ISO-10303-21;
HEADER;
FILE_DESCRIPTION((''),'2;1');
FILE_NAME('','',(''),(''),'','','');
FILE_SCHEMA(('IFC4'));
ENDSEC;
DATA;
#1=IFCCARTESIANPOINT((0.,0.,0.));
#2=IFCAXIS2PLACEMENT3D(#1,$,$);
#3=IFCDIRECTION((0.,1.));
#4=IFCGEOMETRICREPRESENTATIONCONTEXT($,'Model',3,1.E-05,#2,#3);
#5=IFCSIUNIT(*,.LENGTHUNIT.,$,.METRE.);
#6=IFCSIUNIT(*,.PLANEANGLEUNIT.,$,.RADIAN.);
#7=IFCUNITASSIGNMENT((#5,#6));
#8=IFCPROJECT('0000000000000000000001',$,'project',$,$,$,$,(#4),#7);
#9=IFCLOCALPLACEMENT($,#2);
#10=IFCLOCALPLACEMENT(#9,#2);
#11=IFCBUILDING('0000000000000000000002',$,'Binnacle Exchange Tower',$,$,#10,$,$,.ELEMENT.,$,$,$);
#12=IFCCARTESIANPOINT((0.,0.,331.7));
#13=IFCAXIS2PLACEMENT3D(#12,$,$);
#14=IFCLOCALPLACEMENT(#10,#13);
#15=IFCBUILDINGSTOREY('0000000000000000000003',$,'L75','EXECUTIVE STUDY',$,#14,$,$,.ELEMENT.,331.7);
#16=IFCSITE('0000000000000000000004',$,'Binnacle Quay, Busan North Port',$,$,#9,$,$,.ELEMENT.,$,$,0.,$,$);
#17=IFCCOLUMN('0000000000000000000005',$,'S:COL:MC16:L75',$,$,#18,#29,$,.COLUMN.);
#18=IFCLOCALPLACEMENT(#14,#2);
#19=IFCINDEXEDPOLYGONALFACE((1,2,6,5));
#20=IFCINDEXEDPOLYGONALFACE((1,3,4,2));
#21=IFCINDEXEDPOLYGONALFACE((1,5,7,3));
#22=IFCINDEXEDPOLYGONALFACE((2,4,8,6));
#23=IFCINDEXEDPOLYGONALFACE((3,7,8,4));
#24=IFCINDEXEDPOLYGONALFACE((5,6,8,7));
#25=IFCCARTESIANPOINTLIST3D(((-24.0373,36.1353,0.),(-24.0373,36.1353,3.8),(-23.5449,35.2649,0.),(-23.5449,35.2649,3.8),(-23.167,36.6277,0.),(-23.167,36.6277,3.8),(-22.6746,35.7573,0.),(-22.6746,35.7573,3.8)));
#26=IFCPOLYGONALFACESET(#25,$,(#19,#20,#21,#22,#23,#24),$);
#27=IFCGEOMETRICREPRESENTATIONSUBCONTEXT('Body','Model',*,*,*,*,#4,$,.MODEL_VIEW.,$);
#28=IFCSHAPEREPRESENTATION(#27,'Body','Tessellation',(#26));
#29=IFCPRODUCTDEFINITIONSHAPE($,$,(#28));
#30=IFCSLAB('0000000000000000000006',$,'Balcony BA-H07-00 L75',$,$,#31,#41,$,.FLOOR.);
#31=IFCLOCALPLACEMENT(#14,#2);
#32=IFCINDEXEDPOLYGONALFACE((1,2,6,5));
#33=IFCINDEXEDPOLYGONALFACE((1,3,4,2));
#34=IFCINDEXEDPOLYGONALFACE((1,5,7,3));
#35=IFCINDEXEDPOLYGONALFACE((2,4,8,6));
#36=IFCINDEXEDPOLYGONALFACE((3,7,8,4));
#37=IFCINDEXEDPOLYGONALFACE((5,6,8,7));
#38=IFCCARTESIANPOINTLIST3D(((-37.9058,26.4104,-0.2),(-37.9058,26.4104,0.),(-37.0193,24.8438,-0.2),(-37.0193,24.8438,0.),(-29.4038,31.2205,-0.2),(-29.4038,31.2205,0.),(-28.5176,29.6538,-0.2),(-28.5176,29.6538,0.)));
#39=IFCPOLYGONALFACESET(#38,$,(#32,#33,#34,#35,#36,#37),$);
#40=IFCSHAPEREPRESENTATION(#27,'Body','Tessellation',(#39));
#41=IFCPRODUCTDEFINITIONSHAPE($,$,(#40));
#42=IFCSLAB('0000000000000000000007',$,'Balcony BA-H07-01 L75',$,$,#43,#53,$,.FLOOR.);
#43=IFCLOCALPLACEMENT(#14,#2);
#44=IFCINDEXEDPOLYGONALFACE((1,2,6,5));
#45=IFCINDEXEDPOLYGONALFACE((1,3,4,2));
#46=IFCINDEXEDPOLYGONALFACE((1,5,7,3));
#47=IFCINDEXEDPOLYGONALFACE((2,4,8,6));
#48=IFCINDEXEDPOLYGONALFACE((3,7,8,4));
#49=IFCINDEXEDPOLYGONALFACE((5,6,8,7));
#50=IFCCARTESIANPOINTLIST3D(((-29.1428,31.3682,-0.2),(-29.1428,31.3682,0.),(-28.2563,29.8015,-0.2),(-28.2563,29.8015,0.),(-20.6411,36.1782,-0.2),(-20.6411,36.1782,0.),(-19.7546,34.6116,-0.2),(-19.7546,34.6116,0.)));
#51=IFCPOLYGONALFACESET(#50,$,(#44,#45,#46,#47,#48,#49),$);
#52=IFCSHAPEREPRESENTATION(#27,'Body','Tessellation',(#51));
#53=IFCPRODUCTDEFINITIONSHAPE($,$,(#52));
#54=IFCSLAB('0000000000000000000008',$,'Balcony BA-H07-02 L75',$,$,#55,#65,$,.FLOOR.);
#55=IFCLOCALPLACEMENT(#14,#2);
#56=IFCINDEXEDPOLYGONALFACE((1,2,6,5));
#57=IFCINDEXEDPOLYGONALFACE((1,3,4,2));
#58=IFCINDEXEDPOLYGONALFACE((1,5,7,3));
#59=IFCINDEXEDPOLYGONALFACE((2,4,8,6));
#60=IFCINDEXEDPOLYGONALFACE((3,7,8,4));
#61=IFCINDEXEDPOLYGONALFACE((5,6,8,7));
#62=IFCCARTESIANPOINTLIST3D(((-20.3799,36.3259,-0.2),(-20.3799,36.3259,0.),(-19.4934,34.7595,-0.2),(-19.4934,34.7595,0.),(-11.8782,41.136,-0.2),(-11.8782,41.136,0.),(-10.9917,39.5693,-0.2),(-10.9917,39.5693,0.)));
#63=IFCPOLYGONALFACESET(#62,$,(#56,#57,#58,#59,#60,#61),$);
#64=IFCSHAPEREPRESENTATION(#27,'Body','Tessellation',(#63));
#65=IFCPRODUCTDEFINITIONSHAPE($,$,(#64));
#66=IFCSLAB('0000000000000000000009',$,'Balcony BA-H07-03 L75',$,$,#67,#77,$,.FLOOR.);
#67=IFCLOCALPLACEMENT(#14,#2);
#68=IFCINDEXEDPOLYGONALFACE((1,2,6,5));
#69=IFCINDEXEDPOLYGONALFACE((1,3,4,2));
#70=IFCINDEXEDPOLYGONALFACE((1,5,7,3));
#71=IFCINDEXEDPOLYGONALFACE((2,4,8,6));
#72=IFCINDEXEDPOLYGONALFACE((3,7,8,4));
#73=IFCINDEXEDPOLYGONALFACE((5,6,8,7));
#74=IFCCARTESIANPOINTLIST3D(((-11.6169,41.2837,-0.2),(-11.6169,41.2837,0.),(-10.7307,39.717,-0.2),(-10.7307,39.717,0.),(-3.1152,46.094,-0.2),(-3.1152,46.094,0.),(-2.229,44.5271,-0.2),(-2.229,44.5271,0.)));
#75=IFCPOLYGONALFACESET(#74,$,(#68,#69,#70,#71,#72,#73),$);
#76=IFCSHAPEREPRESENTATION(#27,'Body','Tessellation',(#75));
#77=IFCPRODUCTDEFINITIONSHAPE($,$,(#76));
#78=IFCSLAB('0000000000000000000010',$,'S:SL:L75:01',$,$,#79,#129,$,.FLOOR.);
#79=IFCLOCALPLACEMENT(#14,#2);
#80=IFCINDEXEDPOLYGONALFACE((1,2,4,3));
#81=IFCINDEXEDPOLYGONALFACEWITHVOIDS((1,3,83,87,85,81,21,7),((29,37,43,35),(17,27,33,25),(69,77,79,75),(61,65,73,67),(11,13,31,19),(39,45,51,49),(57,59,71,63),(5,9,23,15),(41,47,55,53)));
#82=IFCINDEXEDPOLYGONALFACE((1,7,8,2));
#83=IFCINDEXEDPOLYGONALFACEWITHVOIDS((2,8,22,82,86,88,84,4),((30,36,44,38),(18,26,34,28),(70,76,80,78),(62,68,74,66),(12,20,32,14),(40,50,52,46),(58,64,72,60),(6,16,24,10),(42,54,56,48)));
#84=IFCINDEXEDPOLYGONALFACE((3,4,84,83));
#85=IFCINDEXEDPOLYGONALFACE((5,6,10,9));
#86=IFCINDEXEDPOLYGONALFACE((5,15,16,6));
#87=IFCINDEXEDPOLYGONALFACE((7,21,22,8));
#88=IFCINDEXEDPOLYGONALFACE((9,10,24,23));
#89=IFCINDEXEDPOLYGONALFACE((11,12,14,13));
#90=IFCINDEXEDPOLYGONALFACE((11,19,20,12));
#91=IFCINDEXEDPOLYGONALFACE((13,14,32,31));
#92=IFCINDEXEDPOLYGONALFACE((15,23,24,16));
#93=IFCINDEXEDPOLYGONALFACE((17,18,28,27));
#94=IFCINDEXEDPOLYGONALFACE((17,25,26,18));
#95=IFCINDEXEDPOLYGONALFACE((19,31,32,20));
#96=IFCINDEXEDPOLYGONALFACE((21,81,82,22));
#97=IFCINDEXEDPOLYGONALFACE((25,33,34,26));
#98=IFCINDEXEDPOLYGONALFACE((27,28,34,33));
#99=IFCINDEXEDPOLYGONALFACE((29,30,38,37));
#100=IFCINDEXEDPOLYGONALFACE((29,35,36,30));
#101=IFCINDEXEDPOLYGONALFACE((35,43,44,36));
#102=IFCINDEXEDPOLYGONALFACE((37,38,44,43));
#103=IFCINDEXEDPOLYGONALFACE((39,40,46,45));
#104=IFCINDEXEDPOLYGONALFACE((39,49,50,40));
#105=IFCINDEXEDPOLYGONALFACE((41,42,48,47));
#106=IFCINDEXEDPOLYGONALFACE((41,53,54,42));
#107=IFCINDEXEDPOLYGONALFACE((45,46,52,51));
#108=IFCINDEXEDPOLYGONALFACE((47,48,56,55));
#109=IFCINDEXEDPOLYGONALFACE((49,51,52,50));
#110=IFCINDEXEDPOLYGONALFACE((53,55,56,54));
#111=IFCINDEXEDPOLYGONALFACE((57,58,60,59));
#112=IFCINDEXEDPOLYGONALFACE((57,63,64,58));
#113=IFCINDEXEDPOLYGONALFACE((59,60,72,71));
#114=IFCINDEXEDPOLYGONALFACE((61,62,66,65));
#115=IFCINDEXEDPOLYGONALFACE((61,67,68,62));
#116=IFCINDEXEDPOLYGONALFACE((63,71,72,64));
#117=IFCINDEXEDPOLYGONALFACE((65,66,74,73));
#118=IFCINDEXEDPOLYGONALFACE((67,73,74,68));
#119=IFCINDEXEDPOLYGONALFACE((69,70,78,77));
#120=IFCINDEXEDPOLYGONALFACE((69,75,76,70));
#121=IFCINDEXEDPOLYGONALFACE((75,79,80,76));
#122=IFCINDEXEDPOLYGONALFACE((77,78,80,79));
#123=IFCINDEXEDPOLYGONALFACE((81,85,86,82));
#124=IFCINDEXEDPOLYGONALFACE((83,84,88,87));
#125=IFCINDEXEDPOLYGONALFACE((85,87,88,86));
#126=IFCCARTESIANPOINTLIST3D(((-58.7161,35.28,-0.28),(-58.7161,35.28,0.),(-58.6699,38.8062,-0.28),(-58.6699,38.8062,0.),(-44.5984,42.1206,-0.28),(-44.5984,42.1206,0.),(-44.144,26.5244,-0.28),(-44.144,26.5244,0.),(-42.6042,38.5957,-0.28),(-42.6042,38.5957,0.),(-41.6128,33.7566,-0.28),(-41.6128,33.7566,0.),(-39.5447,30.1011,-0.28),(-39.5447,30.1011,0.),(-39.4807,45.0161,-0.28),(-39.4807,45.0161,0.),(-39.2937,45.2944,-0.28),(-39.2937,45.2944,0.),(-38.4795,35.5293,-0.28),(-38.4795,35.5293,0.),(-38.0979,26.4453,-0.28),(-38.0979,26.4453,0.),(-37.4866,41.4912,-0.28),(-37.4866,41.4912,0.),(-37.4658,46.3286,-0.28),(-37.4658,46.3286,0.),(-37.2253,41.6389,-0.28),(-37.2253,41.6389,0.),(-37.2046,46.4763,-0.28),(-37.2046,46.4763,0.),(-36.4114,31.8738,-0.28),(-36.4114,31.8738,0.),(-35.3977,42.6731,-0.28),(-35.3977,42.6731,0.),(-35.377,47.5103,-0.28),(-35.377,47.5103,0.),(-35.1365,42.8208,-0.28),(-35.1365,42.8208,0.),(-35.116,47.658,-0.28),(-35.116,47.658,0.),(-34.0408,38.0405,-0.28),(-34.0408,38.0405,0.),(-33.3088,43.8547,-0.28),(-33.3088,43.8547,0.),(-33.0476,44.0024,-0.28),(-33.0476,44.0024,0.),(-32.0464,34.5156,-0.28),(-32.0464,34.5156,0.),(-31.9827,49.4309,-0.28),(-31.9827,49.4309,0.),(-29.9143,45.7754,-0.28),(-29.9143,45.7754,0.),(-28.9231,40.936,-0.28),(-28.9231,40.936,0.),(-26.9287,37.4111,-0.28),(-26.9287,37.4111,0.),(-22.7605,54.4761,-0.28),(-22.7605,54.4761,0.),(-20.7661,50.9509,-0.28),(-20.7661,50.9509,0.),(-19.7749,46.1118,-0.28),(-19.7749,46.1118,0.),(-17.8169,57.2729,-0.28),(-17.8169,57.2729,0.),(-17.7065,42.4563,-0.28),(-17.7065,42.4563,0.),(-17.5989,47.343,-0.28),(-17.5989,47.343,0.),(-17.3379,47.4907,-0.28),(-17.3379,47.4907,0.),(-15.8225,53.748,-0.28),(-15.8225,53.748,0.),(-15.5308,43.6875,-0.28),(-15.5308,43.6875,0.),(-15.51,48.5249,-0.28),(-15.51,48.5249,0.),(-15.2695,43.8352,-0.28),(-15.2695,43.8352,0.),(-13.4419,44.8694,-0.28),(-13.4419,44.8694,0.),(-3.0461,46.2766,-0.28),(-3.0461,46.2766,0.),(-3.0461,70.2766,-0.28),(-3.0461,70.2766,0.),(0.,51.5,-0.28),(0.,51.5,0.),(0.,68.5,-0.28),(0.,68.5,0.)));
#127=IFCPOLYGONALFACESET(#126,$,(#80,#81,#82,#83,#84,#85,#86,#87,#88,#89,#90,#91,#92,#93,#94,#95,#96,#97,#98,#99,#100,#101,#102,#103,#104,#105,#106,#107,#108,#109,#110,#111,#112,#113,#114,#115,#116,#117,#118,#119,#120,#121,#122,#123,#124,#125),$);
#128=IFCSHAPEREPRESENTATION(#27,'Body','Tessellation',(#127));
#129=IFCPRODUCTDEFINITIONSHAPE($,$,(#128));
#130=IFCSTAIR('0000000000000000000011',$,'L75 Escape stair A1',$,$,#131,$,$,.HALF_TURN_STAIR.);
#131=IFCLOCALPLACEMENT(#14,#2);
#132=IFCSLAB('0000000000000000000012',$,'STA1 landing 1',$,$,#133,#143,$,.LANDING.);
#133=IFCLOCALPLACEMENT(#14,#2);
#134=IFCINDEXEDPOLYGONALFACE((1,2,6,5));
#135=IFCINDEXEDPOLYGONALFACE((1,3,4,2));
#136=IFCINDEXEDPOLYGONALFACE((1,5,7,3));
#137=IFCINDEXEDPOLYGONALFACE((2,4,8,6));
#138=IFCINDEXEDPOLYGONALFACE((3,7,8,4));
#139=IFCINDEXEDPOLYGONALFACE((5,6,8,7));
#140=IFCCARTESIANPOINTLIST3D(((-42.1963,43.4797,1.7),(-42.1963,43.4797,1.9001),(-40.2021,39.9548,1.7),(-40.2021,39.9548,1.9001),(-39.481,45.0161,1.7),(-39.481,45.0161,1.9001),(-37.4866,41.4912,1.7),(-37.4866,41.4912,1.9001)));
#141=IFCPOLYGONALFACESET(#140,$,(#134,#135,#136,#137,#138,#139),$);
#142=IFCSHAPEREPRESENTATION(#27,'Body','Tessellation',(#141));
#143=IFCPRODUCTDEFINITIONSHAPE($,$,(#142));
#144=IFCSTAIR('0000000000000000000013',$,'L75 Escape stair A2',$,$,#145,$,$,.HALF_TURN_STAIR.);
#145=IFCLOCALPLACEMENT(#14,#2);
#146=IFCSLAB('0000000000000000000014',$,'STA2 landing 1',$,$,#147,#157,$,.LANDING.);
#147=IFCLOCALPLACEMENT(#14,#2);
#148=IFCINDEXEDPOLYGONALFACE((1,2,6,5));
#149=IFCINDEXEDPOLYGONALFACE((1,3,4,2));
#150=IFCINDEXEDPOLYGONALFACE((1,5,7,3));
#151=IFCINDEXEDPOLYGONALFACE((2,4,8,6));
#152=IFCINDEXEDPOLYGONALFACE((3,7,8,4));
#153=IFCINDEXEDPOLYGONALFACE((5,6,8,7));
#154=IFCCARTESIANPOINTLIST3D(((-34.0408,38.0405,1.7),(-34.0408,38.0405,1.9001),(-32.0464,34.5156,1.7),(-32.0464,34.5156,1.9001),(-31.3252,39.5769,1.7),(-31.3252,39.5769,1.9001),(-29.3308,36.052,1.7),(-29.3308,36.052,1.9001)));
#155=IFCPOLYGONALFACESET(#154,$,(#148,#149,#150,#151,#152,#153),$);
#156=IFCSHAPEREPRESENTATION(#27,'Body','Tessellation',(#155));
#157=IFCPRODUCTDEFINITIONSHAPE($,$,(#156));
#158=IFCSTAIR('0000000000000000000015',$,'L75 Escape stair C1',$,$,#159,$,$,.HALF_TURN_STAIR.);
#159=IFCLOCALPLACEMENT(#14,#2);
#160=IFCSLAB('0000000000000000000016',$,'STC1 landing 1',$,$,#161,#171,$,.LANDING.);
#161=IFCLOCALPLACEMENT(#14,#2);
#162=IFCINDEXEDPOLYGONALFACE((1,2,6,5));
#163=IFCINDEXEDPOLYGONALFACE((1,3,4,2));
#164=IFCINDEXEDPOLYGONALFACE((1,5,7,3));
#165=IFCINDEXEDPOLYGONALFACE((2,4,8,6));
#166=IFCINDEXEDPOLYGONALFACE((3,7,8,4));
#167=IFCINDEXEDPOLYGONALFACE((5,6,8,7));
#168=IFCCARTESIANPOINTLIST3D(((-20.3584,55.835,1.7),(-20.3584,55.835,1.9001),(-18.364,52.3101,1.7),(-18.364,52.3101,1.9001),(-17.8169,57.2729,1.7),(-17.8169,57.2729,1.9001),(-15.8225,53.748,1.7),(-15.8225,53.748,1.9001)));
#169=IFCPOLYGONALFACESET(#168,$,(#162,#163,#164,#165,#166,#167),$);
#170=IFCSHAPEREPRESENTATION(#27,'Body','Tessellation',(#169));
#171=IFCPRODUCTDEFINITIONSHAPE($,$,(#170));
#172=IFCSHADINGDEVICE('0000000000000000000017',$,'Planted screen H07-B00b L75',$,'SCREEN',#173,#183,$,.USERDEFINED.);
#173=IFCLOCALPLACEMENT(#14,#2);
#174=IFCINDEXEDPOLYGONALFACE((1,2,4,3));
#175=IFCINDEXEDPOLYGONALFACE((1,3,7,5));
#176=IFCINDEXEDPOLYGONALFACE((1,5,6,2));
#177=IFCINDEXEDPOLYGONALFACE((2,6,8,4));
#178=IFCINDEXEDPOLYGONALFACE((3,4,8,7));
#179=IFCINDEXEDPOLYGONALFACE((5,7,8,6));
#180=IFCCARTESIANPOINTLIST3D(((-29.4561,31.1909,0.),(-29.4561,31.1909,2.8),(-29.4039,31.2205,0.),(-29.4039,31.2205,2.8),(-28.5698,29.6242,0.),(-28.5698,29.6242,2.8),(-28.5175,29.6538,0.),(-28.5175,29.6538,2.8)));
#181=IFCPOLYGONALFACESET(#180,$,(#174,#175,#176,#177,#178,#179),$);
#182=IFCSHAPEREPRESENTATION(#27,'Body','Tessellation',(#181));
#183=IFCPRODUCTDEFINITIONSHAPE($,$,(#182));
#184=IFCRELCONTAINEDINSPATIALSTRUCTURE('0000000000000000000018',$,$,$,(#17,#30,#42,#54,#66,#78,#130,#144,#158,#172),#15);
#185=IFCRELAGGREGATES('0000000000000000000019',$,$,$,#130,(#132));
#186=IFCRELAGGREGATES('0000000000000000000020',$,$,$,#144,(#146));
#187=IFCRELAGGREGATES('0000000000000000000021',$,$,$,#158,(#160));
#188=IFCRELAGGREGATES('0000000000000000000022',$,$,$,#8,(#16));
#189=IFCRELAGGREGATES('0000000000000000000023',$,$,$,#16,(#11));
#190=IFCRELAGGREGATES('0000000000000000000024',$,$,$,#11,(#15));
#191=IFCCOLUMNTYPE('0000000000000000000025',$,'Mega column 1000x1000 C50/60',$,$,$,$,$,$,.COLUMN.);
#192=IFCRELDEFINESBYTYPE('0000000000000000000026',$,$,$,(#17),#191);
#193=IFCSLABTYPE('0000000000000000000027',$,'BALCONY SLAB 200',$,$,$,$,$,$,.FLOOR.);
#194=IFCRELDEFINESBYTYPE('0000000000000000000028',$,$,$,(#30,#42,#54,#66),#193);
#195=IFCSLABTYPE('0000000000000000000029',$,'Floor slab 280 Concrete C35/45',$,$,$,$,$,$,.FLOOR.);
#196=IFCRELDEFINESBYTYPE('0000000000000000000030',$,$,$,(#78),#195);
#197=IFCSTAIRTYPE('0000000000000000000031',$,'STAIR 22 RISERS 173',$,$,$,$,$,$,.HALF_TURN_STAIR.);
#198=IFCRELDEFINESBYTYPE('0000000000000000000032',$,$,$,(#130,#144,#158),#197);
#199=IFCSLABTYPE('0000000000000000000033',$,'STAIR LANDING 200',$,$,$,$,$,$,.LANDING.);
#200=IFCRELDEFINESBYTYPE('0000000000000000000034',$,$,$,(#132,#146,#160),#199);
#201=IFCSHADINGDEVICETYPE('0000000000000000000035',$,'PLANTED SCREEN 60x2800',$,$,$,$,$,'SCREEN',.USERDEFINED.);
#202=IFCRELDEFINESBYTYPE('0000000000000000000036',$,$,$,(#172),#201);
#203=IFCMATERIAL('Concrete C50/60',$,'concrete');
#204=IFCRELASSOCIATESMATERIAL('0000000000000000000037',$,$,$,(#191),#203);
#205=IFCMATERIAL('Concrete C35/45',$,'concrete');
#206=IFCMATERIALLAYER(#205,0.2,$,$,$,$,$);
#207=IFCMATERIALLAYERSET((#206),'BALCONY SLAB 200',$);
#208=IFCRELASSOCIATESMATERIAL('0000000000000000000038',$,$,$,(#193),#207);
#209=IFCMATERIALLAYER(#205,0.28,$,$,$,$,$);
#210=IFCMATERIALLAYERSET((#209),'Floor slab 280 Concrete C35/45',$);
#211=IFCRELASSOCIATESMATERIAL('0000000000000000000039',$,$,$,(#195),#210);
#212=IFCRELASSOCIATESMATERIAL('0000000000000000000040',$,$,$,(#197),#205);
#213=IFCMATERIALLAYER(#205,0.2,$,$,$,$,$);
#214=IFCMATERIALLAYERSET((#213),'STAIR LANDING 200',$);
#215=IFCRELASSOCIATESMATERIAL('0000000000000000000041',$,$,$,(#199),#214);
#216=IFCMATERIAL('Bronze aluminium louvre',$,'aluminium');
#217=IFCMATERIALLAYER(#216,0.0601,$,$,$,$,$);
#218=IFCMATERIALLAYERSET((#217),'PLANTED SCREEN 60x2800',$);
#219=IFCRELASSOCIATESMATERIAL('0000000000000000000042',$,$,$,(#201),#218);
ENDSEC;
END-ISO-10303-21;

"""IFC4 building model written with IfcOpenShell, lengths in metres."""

from ifc_helpers import new_model, si_unit, direction, frame, origin, origin_2d, place, context, subcontext, project, spatial, polyline, rectangle, outline, extrude, material, layer, layer_set, material_profile, profile_set, type_object, element, aggregate, save


model = new_model("IFC4")

# Units and contexts
model_context = context("Model", 3, precision=1e-05, world=origin(), true_north=direction((0.0, 1.0)))
body_context = subcontext(model_context, "Body", "Model", "MODEL_VIEW")
ifc_project = project(units=[si_unit("LENGTHUNIT", "METRE"), si_unit("PLANEANGLEUNIT", "RADIAN")], contexts=[model_context])

# Site, building, storey
site_placement = place(None, origin())
site = spatial("IfcSite", under=ifc_project, at=site_placement, Name="Binnacle Quay, Busan North Port", CompositionType="ELEMENT", RefElevation=0.0)
building_placement = place(site_placement, origin())
building = spatial("IfcBuilding", under=site, at=building_placement, Name="Binnacle Exchange Tower", CompositionType="ELEMENT")
storey_placement = place(building_placement, frame((0.0, 0.0, 331.7)))
storey = spatial("IfcBuildingStorey", under=building, at=storey_placement, Name="L75", Description="EXECUTIVE STUDY", CompositionType="ELEMENT", Elevation=331.7)

# Column
ifc_material_1 = material(Name="Concrete C50/60", Category="concrete")
ifc_material_profile = material_profile(ifc_material_1, rectangle(XDim=1.0, YDim=1.0, at=origin_2d()), Name="Mega column 1000x1000 C50/60")
ifc_profile_set = profile_set([ifc_material_profile], Name="Concrete C50/60")
column_type = type_object("IfcColumnType", Name="Mega column 1000x1000 C50/60", PredefinedType="COLUMN", material=ifc_profile_set)
column_placement = place(storey_placement, frame((-23.356, 35.9463, 0.0), z_axis=(0.0, 0.0, 1.0), x_axis=(0.870356, 0.492424, 0.0)))
element("IfcColumn", 1, at=column_placement, inside=storey, type_object=column_type, Name="S:COL:MC16:L75", PredefinedType="COLUMN", context=body_context, shape_type="SweptSolid", body=[
    extrude(rectangle(XDim=1.0, YDim=1.0, at=origin_2d()), origin(), (0.0, 0.0, 1.0), 3.8),
])

# Slabs
ifc_material_2 = material(Name="Concrete C35/45", Category="concrete")
ifc_layer_1 = layer(ifc_material_2, 0.2)
ifc_layer_set_1 = layer_set([ifc_layer_1], Name="BALCONY SLAB 200")
slab_type_1 = type_object("IfcSlabType", Name="BALCONY SLAB 200", PredefinedType="FLOOR", material=ifc_layer_set_1)
slab_1_placement = place(storey_placement, frame((0.0, 0.0, -0.2)))
element("IfcSlab", 2, at=slab_1_placement, inside=storey, type_object=slab_type_1, Name="Balcony BA-H07-00 L75", PredefinedType="FLOOR", context=body_context, shape_type="SweptSolid", body=[
    extrude(outline(polyline([(-37.9058, 26.4104), (-29.4038, 31.2205), (-28.5176, 29.6538), (-37.0193, 24.8438), (-37.9058, 26.4104)])), origin(), (0.0, 0.0, 1.0), 0.2),
])
slab_2_placement = place(storey_placement, frame((0.0, 0.0, -0.2)))
element("IfcSlab", 3, at=slab_2_placement, inside=storey, type_object=slab_type_1, Name="Balcony BA-H07-01 L75", PredefinedType="FLOOR", context=body_context, shape_type="SweptSolid", body=[
    extrude(outline(polyline([(-29.1428, 31.3682), (-20.6411, 36.1782), (-19.7546, 34.6116), (-28.2563, 29.8015), (-29.1428, 31.3682)])), origin(), (0.0, 0.0, 1.0), 0.2),
])
slab_3_placement = place(storey_placement, frame((0.0, 0.0, -0.2)))
element("IfcSlab", 4, at=slab_3_placement, inside=storey, type_object=slab_type_1, Name="Balcony BA-H07-02 L75", PredefinedType="FLOOR", context=body_context, shape_type="SweptSolid", body=[
    extrude(outline(polyline([(-20.3799, 36.3259), (-11.8782, 41.136), (-10.9917, 39.5693), (-19.4934, 34.7595), (-20.3799, 36.3259)])), origin(), (0.0, 0.0, 1.0), 0.2),
])
slab_4_placement = place(storey_placement, frame((0.0, 0.0, -0.2)))
element("IfcSlab", 5, at=slab_4_placement, inside=storey, type_object=slab_type_1, Name="Balcony BA-H07-03 L75", PredefinedType="FLOOR", context=body_context, shape_type="SweptSolid", body=[
    extrude(outline(polyline([(-11.6169, 41.2837), (-3.1152, 46.094), (-2.229, 44.5271), (-10.7307, 39.717), (-11.6169, 41.2837)])), origin(), (0.0, 0.0, 1.0), 0.2),
])
ifc_layer_2 = layer(ifc_material_2, 0.28)
ifc_layer_set_2 = layer_set([ifc_layer_2], Name="Floor slab 280 Concrete C35/45")
slab_type_2 = type_object("IfcSlabType", Name="Floor slab 280 Concrete C35/45", PredefinedType="FLOOR", material=ifc_layer_set_2)
slab_5_placement = place(storey_placement, frame((0.0, 0.0, -0.28)))
element("IfcSlab", 6, at=slab_5_placement, inside=storey, type_object=slab_type_2, Name="S:SL:L75:01", PredefinedType="FLOOR", context=body_context, shape_type="SweptSolid", body=[
    extrude(outline(polyline([(-38.0979, 26.4453), (-44.144, 26.5244), (-58.7161, 35.28), (-58.6699, 38.8062), (-3.0461, 70.2766), (0.0, 68.5), (0.0, 51.5), (-3.0461, 46.2766), (-38.0979, 26.4453)]), holes=[polyline([(-38.4795, 35.5293), (-41.6128, 33.7566), (-39.5447, 30.1011), (-36.4114, 31.8738), (-38.4795, 35.5293)]), polyline([(-32.0464, 34.5156), (-26.9287, 37.4111), (-28.9231, 40.936), (-34.0408, 38.0405), (-32.0464, 34.5156)]), polyline([(-39.4807, 45.0161), (-44.5984, 42.1206), (-42.6042, 38.5957), (-37.4866, 41.4912), (-39.4807, 45.0161)]), polyline([(-37.4658, 46.3286), (-39.2937, 45.2944), (-37.2253, 41.6389), (-35.3977, 42.6731), (-37.4658, 46.3286)]), polyline([(-17.5989, 47.343), (-19.7749, 46.1118), (-17.7065, 42.4563), (-15.5308, 43.6875), (-17.5989, 47.343)]), polyline([(-35.377, 47.5103), (-37.2046, 46.4763), (-35.1365, 42.8208), (-33.3088, 43.8547), (-35.377, 47.5103)]), polyline([(-15.51, 48.5249), (-17.3379, 47.4907), (-15.2695, 43.8352), (-13.4419, 44.8694), (-15.51, 48.5249)]), polyline([(-29.9143, 45.7754), (-31.9827, 49.4309), (-35.116, 47.658), (-33.0476, 44.0024), (-29.9143, 45.7754)]), polyline([(-15.8225, 53.748), (-17.8169, 57.2729), (-22.7605, 54.4761), (-20.7661, 50.9509), (-15.8225, 53.748)])]), origin(), (0.0, 0.0, 1.0), 0.28),
])

# Stairs, slabs
stair_type = type_object("IfcStairType", Name="STAIR 22 RISERS 173", PredefinedType="HALF_TURN_STAIR", material=ifc_material_2)
stair_1_placement = place(storey_placement, origin())
stair_1 = element("IfcStair", 7, at=stair_1_placement, inside=storey, type_object=stair_type, Name="L75 Escape stair A1", PredefinedType="HALF_TURN_STAIR")
ifc_layer_3 = layer(ifc_material_2, 0.2)
ifc_layer_set_3 = layer_set([ifc_layer_3], Name="STAIR LANDING 200")
slab_type_3 = type_object("IfcSlabType", Name="STAIR LANDING 200", PredefinedType="LANDING", material=ifc_layer_set_3)
slab_6_placement = place(storey_placement, frame((0.0, 0.0, 1.7)))
slab_6 = element("IfcSlab", 8, at=slab_6_placement, type_object=slab_type_3, Name="STA1 landing 1", PredefinedType="LANDING", context=body_context, shape_type="SweptSolid", body=[
    extrude(outline(polyline([(-40.2021, 39.9548), (-37.4866, 41.4912), (-39.481, 45.0161), (-42.1963, 43.4797), (-40.2021, 39.9548)])), origin(), (0.0, 0.0, 1.0), 0.2002),
])
aggregate(stair_1, [slab_6])
stair_2_placement = place(storey_placement, origin())
stair_2 = element("IfcStair", 9, at=stair_2_placement, inside=storey, type_object=stair_type, Name="L75 Escape stair A2", PredefinedType="HALF_TURN_STAIR")
slab_7_placement = place(storey_placement, frame((0.0, 0.0, 1.7)))
slab_7 = element("IfcSlab", 10, at=slab_7_placement, type_object=slab_type_3, Name="STA2 landing 1", PredefinedType="LANDING", context=body_context, shape_type="SweptSolid", body=[
    extrude(outline(polyline([(-31.3252, 39.5769), (-34.0408, 38.0405), (-32.0464, 34.5156), (-29.3308, 36.052), (-31.3252, 39.5769)])), origin(), (0.0, 0.0, 1.0), 0.2002),
])
aggregate(stair_2, [slab_7])
stair_3_placement = place(storey_placement, origin())
stair_3 = element("IfcStair", 11, at=stair_3_placement, inside=storey, type_object=stair_type, Name="L75 Escape stair C1", PredefinedType="HALF_TURN_STAIR")
slab_8_placement = place(storey_placement, frame((0.0, 0.0, 1.7)))
slab_8 = element("IfcSlab", 12, at=slab_8_placement, type_object=slab_type_3, Name="STC1 landing 1", PredefinedType="LANDING", context=body_context, shape_type="SweptSolid", body=[
    extrude(outline(polyline([(-18.364, 52.3101), (-15.8225, 53.748), (-17.8169, 57.2729), (-20.3584, 55.835), (-18.364, 52.3101)])), origin(), (0.0, 0.0, 1.0), 0.2002),
])
aggregate(stair_3, [slab_8])

# Shading device
ifc_material_3 = material(Name="Bronze aluminium louvre", Category="aluminium")
ifc_layer_4 = layer(ifc_material_3, 0.0601)
ifc_layer_set_4 = layer_set([ifc_layer_4], Name="PLANTED SCREEN 60x2800")
shading_device_type_1 = type_object("IfcShadingDeviceType", Name="PLANTED SCREEN 60x2800", ElementType="SCREEN", PredefinedType="USERDEFINED", material=ifc_layer_set_4)
for number, where, z_axis, x_axis, name in (
    (13, (-28.9868, 30.4224, 0.0), (0.0, 0.0, 1.0), (0.870356, 0.492424, 0.0), "Planted screen H07-B00b L75"),
):
    element("IfcShadingDevice", number, at=place(storey_placement, frame(where, z_axis=z_axis, x_axis=x_axis)), inside=storey, type_object=shading_device_type_1, Name=name, ObjectType="SCREEN", PredefinedType="USERDEFINED", context=body_context, shape_type="SweptSolid", body=[
        extrude(rectangle(XDim=0.0601, YDim=1.8, at=origin_2d()), origin(), (0.0, 0.0, 1.0), 2.8),
    ])

save(model, "model.ifc")
